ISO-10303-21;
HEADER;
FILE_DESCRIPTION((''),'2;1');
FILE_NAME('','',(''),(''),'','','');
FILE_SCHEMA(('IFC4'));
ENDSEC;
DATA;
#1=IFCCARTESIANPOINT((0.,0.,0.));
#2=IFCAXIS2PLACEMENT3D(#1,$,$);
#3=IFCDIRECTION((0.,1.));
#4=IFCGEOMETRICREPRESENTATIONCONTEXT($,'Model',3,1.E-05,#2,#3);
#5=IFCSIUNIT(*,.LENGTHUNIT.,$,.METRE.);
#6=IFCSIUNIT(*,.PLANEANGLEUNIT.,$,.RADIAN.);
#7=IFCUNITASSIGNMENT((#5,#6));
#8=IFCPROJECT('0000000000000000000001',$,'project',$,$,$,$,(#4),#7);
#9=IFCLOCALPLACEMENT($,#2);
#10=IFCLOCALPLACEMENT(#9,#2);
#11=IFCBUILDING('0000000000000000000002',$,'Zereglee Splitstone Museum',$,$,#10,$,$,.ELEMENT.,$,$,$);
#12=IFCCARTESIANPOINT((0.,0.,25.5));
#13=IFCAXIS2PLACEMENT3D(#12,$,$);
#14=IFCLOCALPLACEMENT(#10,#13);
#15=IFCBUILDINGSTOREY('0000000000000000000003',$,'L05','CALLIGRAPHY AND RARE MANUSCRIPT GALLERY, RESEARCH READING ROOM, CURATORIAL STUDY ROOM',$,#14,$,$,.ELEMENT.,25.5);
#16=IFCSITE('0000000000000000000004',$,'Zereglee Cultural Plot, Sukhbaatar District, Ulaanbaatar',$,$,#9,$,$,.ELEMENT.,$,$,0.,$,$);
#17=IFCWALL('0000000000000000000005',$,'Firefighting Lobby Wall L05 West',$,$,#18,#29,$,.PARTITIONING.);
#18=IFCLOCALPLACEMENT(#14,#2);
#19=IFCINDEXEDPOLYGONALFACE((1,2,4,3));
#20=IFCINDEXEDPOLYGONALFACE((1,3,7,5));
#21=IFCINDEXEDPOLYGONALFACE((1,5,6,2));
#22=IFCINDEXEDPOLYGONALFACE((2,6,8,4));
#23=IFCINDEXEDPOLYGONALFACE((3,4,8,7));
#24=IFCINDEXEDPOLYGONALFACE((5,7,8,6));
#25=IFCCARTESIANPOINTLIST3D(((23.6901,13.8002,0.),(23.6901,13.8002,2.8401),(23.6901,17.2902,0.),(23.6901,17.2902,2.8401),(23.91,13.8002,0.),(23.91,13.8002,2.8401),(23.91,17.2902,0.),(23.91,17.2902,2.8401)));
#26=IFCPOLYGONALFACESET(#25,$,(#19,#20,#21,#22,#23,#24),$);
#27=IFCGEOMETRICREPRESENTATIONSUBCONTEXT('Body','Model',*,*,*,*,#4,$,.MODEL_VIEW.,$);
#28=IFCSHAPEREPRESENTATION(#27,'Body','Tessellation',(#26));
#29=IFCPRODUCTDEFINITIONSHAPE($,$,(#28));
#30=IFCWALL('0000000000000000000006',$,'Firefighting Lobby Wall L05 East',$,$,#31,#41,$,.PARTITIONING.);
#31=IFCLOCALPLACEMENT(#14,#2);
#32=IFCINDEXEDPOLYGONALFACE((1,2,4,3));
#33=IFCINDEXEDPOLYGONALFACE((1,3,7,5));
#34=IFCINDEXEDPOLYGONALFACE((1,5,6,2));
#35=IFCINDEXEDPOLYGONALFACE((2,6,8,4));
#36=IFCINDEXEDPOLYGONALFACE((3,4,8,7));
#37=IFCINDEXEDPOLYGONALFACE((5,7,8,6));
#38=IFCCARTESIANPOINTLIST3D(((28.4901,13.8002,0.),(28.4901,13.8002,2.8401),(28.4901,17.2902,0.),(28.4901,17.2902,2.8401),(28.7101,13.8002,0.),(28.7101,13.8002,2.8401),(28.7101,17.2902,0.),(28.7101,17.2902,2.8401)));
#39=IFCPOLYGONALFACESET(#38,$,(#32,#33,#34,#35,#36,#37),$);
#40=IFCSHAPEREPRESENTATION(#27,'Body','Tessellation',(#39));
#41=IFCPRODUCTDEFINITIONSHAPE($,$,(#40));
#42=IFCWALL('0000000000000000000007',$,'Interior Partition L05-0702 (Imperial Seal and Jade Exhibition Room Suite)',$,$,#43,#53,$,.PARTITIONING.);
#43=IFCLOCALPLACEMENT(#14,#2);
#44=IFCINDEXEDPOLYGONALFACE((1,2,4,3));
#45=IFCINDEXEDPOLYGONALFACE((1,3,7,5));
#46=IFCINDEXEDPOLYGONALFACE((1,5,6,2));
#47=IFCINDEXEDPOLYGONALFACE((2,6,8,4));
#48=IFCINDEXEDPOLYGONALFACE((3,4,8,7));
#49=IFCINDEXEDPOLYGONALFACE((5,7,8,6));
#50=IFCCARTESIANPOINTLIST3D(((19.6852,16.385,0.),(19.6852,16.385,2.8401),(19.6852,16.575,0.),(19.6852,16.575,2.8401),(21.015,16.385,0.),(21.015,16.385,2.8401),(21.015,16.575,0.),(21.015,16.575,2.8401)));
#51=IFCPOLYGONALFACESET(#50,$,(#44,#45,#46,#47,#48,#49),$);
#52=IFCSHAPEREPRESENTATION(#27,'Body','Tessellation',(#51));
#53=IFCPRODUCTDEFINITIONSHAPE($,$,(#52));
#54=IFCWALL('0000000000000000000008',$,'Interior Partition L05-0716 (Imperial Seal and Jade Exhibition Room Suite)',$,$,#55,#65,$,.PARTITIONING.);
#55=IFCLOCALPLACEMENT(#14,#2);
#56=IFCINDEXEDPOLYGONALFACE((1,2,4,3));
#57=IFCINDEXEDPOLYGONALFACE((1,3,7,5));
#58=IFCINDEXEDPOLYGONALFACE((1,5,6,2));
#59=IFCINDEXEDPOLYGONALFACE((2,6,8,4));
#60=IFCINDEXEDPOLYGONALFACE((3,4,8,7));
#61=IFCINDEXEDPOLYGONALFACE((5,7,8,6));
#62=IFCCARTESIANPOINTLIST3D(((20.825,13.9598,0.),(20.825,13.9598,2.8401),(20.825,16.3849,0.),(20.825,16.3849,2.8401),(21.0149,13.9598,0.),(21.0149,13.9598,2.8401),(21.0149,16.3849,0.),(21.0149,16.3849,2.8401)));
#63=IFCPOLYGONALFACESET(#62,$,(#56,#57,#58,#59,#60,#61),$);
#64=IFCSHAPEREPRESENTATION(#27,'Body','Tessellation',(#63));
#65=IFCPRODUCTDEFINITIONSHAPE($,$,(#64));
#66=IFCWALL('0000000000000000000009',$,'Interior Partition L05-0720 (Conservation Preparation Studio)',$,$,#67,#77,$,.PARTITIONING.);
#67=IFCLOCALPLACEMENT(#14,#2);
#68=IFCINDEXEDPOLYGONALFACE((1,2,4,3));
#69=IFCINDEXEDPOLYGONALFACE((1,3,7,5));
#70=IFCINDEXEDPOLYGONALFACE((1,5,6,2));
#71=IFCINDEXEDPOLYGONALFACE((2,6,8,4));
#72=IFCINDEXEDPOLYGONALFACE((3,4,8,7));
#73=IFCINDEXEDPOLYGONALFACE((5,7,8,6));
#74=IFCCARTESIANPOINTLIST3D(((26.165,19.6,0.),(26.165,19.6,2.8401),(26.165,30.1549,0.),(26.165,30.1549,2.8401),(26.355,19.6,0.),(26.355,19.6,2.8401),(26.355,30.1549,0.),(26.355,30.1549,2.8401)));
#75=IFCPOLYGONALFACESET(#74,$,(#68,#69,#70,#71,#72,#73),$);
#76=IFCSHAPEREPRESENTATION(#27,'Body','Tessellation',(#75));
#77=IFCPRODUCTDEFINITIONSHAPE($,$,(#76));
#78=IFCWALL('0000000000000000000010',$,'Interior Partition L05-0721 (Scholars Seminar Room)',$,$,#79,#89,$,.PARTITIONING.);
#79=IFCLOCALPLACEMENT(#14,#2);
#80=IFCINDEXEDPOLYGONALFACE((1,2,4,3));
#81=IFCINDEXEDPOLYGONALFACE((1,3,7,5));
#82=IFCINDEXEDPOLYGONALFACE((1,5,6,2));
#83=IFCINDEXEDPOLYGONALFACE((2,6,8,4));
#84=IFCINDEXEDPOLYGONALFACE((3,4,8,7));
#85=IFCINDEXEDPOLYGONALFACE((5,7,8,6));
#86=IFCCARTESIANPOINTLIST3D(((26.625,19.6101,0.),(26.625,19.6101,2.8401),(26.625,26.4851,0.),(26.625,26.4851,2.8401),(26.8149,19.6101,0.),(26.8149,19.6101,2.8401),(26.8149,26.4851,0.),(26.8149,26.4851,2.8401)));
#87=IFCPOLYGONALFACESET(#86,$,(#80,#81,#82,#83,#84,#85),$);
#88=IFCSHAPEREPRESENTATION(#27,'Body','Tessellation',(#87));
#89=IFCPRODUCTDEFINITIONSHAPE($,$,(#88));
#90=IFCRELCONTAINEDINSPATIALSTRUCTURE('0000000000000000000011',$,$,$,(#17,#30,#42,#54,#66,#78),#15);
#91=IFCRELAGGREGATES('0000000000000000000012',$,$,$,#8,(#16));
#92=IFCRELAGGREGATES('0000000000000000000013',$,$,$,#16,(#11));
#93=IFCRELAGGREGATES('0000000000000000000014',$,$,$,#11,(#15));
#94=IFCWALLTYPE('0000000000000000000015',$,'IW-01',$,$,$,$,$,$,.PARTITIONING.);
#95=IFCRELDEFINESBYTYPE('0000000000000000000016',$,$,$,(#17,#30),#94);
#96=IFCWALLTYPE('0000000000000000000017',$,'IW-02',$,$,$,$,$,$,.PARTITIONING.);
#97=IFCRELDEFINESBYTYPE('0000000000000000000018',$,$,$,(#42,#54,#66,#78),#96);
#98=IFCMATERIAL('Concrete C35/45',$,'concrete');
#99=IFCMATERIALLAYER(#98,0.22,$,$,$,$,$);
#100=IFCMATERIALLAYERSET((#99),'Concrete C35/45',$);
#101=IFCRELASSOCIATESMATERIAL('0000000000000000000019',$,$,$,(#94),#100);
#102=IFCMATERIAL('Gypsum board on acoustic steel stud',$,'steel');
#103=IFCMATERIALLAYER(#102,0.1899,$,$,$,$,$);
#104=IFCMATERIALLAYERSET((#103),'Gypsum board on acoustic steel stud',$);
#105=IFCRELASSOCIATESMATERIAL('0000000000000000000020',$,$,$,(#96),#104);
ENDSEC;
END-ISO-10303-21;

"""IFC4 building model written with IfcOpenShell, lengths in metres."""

from ifc_helpers import new_model, si_unit, direction, frame, frame_2d, origin, place, context, subcontext, project, spatial, rectangle, extrude, material, layer, layer_set, type_object, element, save


model = new_model("IFC4")

# Units and contexts
model_context = context("Model", 3, precision=1e-05, world=origin(), true_north=direction((0.0, 1.0)))
body_context = subcontext(model_context, "Body", "Model", "MODEL_VIEW")
ifc_project = project(units=[si_unit("LENGTHUNIT", "METRE"), si_unit("PLANEANGLEUNIT", "RADIAN")], contexts=[model_context])

# Site, building, storey
site_placement = place(None, origin())
site = spatial("IfcSite", under=ifc_project, at=site_placement, Name="Zereglee Cultural Plot, Sukhbaatar District, Ulaanbaatar", CompositionType="ELEMENT", RefElevation=0.0)
building_placement = place(site_placement, origin())
building = spatial("IfcBuilding", under=site, at=building_placement, Name="Zereglee Splitstone Museum", CompositionType="ELEMENT")
storey_placement = place(building_placement, frame((0.0, 0.0, 25.5)))
storey = spatial("IfcBuildingStorey", under=building, at=storey_placement, Name="L05", Description="CALLIGRAPHY AND RARE MANUSCRIPT GALLERY, RESEARCH READING ROOM, CURATORIAL STUDY ROOM", CompositionType="ELEMENT", Elevation=25.5)

# Shared definitions
ifc_material_1 = material(Name="Concrete C35/45", Category="concrete")
ifc_layer_1 = layer(ifc_material_1, 0.22)
ifc_layer_set_1 = layer_set([ifc_layer_1], Name="Concrete C35/45")
wall_type_1 = type_object("IfcWallType", Name="IW-01", PredefinedType="PARTITIONING", material=ifc_layer_set_1)

# Walls
for number, where, z_axis, x_axis, name in (
    (1, (23.8, 13.8, 0.0), (0.0, 0.0, 1.0), (0.0, 1.0, 0.0), "Firefighting Lobby Wall L05 West"),
    (2, (28.6001, 13.8, 0.0), (0.0, 0.0, 1.0), (0.0, 1.0, 0.0), "Firefighting Lobby Wall L05 East"),
):
    element("IfcWall", number, at=place(storey_placement, frame(where, z_axis=z_axis, x_axis=x_axis)), inside=storey, type_object=wall_type_1, Name=name, PredefinedType="PARTITIONING", context=body_context, shape_type="SweptSolid", body=[
        extrude(rectangle(XDim=3.49, YDim=0.22, at=frame_2d((1.7451, 0.0))), origin(), (0.0, 0.0, 1.0), 2.8401),
    ])
ifc_material_2 = material(Name="Gypsum board on acoustic steel stud", Category="steel")
ifc_layer_2 = layer(ifc_material_2, 0.1899)
ifc_layer_set_2 = layer_set([ifc_layer_2], Name="Gypsum board on acoustic steel stud")
wall_type_2 = type_object("IfcWallType", Name="IW-02", PredefinedType="PARTITIONING", material=ifc_layer_set_2)
wall_1_placement = place(storey_placement, frame((19.6851, 16.48, 0.0), z_axis=(0.0, 0.0, 1.0), x_axis=(1.0, 0.0, 0.0)))
element("IfcWall", 3, at=wall_1_placement, inside=storey, type_object=wall_type_2, Name="Interior Partition L05-0702 (Imperial Seal and Jade Exhibition Room Suite)", PredefinedType="PARTITIONING", context=body_context, shape_type="SweptSolid", body=[
    extrude(rectangle(XDim=1.3298, YDim=0.1899, at=frame_2d((0.665, 0.0))), origin(), (0.0, 0.0, 1.0), 2.8401),
])
wall_2_placement = place(storey_placement, frame((20.9199, 13.96, 0.0), z_axis=(0.0, 0.0, 1.0), x_axis=(0.0, 1.0, 0.0)))
element("IfcWall", 4, at=wall_2_placement, inside=storey, type_object=wall_type_2, Name="Interior Partition L05-0716 (Imperial Seal and Jade Exhibition Room Suite)", PredefinedType="PARTITIONING", context=body_context, shape_type="SweptSolid", body=[
    extrude(rectangle(XDim=2.425, YDim=0.1899, at=frame_2d((1.2124, 0.0))), origin(), (0.0, 0.0, 1.0), 2.8401),
])
wall_3_placement = place(storey_placement, frame((26.26, 19.6001, 0.0), z_axis=(0.0, 0.0, 1.0), x_axis=(0.0, 1.0, 0.0)))
element("IfcWall", 5, at=wall_3_placement, inside=storey, type_object=wall_type_2, Name="Interior Partition L05-0720 (Conservation Preparation Studio)", PredefinedType="PARTITIONING", context=body_context, shape_type="SweptSolid", body=[
    extrude(rectangle(XDim=10.5549, YDim=0.1899, at=frame_2d((5.2773, 0.0))), origin(), (0.0, 0.0, 1.0), 2.8401),
])
wall_4_placement = place(storey_placement, frame((26.72, 19.6101, 0.0), z_axis=(0.0, 0.0, 1.0), x_axis=(0.0, 1.0, 0.0)))
element("IfcWall", 6, at=wall_4_placement, inside=storey, type_object=wall_type_2, Name="Interior Partition L05-0721 (Scholars Seminar Room)", PredefinedType="PARTITIONING", context=body_context, shape_type="SweptSolid", body=[
    extrude(rectangle(XDim=6.875, YDim=0.1899, at=frame_2d((3.4375, 0.0))), origin(), (0.0, 0.0, 1.0), 2.8401),
])

save(model, "model.ifc")
